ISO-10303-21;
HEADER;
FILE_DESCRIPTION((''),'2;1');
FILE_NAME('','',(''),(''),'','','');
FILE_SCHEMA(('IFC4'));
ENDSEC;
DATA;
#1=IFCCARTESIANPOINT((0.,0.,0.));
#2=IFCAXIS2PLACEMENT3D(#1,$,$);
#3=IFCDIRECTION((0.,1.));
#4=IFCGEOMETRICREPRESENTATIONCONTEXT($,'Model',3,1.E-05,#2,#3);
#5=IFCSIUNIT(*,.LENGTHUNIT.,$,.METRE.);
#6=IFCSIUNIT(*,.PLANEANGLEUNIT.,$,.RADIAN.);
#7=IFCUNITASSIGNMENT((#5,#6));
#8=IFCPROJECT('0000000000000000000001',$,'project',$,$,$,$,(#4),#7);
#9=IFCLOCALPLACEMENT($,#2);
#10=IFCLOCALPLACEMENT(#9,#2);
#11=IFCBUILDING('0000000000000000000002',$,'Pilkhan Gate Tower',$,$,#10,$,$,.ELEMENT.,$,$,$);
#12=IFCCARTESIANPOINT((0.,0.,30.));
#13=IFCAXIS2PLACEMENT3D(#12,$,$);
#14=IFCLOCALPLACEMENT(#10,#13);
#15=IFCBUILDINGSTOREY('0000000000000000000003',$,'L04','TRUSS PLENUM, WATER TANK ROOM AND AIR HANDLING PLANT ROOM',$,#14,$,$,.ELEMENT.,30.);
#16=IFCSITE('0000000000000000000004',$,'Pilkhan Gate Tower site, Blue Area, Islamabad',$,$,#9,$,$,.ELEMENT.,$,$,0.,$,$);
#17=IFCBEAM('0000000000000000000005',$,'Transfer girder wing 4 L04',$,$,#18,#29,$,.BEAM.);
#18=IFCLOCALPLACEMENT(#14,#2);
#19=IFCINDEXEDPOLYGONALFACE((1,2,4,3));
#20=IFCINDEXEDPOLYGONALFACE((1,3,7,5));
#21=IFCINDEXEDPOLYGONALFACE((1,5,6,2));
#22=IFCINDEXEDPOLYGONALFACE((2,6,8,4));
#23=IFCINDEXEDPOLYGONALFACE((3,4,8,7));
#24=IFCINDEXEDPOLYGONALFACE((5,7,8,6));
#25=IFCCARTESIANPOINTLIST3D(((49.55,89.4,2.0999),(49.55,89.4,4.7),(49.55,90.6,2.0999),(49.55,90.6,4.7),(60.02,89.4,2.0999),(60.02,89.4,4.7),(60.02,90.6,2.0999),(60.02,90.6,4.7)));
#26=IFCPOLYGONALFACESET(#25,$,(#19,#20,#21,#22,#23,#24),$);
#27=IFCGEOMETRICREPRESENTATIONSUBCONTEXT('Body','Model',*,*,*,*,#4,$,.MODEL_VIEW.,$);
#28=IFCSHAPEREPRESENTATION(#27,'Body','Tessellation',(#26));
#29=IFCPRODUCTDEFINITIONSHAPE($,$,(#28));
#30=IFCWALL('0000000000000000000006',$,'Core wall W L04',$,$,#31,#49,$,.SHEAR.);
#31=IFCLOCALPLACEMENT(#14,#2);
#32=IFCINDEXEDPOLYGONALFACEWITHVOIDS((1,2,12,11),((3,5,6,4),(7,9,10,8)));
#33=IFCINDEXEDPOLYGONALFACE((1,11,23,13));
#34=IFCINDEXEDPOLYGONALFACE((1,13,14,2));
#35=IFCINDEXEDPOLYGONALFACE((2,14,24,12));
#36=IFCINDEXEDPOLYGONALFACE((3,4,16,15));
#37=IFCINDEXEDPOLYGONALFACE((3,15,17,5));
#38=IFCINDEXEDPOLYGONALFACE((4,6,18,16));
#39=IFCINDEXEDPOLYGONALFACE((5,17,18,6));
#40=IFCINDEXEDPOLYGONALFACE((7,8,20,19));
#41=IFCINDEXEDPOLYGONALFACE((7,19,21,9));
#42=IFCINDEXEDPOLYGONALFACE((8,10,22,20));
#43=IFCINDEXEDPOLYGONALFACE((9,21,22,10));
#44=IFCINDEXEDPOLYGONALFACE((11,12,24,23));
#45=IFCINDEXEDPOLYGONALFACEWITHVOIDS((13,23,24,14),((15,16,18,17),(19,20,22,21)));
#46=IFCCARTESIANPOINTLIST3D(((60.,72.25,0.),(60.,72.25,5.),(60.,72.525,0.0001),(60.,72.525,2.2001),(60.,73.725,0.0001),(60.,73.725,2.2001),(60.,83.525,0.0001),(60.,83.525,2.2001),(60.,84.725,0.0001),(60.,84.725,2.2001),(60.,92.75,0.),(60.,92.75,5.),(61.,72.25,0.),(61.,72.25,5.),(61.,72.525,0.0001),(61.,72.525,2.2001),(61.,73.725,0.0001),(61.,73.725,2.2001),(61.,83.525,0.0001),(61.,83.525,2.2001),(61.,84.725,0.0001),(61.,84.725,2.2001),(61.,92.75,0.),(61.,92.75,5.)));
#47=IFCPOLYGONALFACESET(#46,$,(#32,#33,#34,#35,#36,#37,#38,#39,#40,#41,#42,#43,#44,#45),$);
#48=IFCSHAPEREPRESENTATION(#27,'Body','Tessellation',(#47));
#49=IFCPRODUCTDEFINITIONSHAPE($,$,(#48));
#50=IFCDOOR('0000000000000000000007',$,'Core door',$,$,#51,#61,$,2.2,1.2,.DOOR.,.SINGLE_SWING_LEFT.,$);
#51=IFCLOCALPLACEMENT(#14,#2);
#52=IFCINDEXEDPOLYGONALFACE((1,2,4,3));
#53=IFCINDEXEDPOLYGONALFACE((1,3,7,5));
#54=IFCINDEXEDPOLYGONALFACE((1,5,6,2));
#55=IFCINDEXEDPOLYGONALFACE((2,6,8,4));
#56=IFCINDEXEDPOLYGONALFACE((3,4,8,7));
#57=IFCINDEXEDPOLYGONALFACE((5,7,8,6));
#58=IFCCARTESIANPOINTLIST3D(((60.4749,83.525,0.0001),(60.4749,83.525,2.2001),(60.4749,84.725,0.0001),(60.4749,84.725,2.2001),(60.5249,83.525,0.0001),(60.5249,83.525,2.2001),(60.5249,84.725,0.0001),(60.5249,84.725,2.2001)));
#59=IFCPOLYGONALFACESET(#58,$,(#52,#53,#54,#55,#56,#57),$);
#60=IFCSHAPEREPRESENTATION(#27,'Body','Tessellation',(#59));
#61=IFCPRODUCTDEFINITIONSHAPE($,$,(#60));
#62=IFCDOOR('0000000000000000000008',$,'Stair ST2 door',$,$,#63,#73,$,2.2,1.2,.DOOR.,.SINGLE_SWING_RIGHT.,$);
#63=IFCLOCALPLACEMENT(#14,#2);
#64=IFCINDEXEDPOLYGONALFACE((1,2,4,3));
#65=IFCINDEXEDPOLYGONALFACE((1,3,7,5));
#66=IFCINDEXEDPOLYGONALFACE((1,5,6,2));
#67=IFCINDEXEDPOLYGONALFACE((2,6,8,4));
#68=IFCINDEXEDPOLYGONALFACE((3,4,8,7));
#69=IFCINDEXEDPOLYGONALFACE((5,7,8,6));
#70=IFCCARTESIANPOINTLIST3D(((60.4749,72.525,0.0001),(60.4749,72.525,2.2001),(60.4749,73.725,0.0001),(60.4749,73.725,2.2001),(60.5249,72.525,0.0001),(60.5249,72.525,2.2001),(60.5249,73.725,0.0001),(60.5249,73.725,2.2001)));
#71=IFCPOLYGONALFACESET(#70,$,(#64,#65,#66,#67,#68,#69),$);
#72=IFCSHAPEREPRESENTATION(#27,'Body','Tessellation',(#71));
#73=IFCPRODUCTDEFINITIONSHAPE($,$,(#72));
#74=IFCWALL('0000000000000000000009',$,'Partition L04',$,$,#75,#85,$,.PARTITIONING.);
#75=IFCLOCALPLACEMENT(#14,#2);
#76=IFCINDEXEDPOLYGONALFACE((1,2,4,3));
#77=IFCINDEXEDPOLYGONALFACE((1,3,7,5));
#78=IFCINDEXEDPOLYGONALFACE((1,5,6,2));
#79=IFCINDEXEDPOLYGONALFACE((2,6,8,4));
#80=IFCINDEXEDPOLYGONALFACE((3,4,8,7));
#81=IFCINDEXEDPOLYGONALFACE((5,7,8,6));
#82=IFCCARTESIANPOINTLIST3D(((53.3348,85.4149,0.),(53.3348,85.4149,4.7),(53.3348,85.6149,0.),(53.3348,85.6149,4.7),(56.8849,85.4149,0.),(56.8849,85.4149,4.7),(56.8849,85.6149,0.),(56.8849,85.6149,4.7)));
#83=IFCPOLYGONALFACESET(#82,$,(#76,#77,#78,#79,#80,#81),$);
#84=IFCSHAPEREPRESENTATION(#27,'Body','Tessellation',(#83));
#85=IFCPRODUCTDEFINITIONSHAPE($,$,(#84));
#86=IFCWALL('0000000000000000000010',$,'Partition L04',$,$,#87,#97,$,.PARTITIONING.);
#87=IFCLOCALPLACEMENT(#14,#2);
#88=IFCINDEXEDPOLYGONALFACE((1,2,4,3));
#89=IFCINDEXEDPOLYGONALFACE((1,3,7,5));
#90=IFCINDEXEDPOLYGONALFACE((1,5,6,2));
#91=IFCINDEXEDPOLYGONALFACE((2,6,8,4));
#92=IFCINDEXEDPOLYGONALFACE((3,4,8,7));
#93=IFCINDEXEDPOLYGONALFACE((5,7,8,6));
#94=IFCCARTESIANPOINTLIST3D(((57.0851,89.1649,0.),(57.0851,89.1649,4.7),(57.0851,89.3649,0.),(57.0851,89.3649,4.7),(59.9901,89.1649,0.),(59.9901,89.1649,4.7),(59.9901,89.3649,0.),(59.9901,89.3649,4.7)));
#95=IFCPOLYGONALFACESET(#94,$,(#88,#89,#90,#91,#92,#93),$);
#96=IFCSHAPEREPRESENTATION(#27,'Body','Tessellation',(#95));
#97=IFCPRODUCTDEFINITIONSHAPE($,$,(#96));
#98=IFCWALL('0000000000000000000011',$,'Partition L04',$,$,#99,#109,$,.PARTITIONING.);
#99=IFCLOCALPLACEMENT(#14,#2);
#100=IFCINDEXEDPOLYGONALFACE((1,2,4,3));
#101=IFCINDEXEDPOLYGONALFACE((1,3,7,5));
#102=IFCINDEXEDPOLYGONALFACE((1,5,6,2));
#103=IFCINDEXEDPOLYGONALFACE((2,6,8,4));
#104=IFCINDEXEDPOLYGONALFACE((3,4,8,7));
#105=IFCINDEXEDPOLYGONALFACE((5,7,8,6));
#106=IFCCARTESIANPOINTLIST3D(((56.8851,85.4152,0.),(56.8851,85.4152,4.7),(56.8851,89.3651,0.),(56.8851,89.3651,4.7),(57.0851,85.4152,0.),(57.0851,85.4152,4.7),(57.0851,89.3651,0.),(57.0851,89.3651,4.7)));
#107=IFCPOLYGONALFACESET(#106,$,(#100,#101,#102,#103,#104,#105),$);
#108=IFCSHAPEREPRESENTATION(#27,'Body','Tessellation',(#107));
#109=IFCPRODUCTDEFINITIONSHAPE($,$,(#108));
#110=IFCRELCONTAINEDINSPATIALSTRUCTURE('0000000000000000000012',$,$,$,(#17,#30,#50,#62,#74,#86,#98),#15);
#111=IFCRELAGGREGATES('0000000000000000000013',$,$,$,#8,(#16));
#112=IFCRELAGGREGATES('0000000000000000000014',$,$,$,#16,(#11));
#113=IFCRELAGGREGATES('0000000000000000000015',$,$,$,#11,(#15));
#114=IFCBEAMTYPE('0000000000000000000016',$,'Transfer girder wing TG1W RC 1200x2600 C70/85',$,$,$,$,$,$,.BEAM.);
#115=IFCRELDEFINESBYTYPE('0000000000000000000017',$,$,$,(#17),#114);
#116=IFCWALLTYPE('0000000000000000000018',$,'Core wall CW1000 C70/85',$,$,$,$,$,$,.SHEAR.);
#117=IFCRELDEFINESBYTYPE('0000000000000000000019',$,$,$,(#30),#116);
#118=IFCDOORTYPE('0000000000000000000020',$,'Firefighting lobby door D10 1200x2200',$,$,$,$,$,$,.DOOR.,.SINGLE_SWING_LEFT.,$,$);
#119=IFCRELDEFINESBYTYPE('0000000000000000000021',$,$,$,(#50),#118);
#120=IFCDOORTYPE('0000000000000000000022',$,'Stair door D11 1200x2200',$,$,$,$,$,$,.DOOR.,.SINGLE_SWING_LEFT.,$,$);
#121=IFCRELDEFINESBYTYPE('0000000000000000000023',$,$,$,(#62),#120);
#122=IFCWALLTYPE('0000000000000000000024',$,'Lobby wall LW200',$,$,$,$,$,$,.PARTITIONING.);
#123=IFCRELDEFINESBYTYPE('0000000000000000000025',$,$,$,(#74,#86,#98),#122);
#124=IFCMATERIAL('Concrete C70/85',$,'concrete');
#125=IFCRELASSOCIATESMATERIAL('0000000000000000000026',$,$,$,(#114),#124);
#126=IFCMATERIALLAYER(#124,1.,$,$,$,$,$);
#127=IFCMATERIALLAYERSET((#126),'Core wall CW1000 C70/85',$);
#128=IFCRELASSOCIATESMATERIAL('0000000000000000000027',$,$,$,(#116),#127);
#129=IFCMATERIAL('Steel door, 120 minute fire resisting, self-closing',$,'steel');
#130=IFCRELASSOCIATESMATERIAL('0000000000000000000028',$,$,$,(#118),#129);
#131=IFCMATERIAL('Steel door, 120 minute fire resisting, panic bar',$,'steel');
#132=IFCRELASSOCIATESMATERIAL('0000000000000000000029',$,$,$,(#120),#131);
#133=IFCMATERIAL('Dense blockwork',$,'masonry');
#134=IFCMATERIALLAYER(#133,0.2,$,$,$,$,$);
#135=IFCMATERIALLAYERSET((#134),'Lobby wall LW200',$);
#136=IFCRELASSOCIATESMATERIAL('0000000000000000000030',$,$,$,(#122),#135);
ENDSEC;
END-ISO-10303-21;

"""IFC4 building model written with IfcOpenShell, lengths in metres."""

from ifc_helpers import new_model, si_unit, direction, frame, frame_2d, origin, origin_2d, place, context, subcontext, project, spatial, rectangle, extrude, material, layer, layer_set, material_profile, profile_set, type_object, element, fill, save


model = new_model("IFC4")

# Units and contexts
model_context = context("Model", 3, precision=1e-05, world=origin(), true_north=direction((0.0, 1.0)))
body_context = subcontext(model_context, "Body", "Model", "MODEL_VIEW")
ifc_project = project(units=[si_unit("LENGTHUNIT", "METRE"), si_unit("PLANEANGLEUNIT", "RADIAN")], contexts=[model_context])

# Site, building, storey
site_placement = place(None, origin())
site = spatial("IfcSite", under=ifc_project, at=site_placement, Name="Pilkhan Gate Tower site, Blue Area, Islamabad", CompositionType="ELEMENT", RefElevation=0.0)
building_placement = place(site_placement, origin())
building = spatial("IfcBuilding", under=site, at=building_placement, Name="Pilkhan Gate Tower", CompositionType="ELEMENT")
storey_placement = place(building_placement, frame((0.0, 0.0, 30.0)))
storey = spatial("IfcBuildingStorey", under=building, at=storey_placement, Name="L04", Description="TRUSS PLENUM, WATER TANK ROOM AND AIR HANDLING PLANT ROOM", CompositionType="ELEMENT", Elevation=30.0)

# Beam
ifc_material_1 = material(Name="Concrete C70/85", Category="concrete")
ifc_material_profile = material_profile(ifc_material_1, rectangle(XDim=1.2, YDim=2.6001, at=origin_2d()), Name="RC 1200x2600")
ifc_profile_set = profile_set([ifc_material_profile], Name="Concrete C70/85")
beam_type = type_object("IfcBeamType", Name="Transfer girder wing TG1W RC 1200x2600 C70/85", PredefinedType="BEAM", material=ifc_profile_set)
beam_placement = place(storey_placement, frame((49.55, 90.0, 3.3999), z_axis=(1.0, 0.0, 0.0), x_axis=(0.0, 1.0, 0.0)))
element("IfcBeam", 1, at=beam_placement, inside=storey, type_object=beam_type, Name="Transfer girder wing 4 L04", PredefinedType="BEAM", context=body_context, shape_type="SweptSolid", body=[
    extrude(rectangle(XDim=1.2, YDim=2.6001, at=origin_2d()), origin(), (0.0, 0.0, 1.0), 10.47),
])

# Wall, openings, doors
ifc_layer_1 = layer(ifc_material_1, 1.0)
ifc_layer_set_1 = layer_set([ifc_layer_1], Name="Core wall CW1000 C70/85")
wall_type_1 = type_object("IfcWallType", Name="Core wall CW1000 C70/85", PredefinedType="SHEAR", material=ifc_layer_set_1)
wall_1_placement = place(storey_placement, frame((60.5, 92.75, 0.0), z_axis=(0.0, 0.0, 1.0), x_axis=(0.0, -1.0, 0.0)))
wall_1 = element("IfcWall", 2, at=wall_1_placement, inside=storey, type_object=wall_type_1, Name="Core wall W L04", PredefinedType="SHEAR", context=body_context, shape_type="SweptSolid", body=[
    extrude(rectangle(XDim=20.5, YDim=1.0, at=frame_2d((10.25, 0.0))), origin(), (0.0, 0.0, 1.0), 5.0),
])
opening_1_placement = place(wall_1_placement, frame((19.0249, 0.0, 0.0)))
opening_1 = element("IfcOpeningElement", 3, at=opening_1_placement, cuts=wall_1, PredefinedType="OPENING", context=body_context, shape_type="SweptSolid", body=[
    extrude(rectangle(XDim=1.2, YDim=2.2, at=frame_2d((0.6001, 1.1001))), frame((0.0, 0.51, 0.0), z_axis=(0.0, -1.0, 0.0), x_axis=(1.0, 0.0, 0.0)), (0.0, 0.0, 1.0), 1.02),
])
opening_2_placement = place(wall_1_placement, frame((8.0249, 0.0, 0.0)))
opening_2 = element("IfcOpeningElement", 4, at=opening_2_placement, cuts=wall_1, PredefinedType="OPENING", context=body_context, shape_type="SweptSolid", body=[
    extrude(rectangle(XDim=1.2, YDim=2.2, at=frame_2d((0.6001, 1.1001))), frame((0.0, 0.51, 0.0), z_axis=(0.0, -1.0, 0.0), x_axis=(1.0, 0.0, 0.0)), (0.0, 0.0, 1.0), 1.02),
])
ifc_material_2 = material(Name="Steel door, 120 minute fire resisting, self-closing", Category="steel")
door_type_1 = type_object("IfcDoorType", Name="Firefighting lobby door D10 1200x2200", OperationType="SINGLE_SWING_LEFT", PredefinedType="DOOR", material=ifc_material_2)
door_1_placement = place(opening_2_placement, origin())
door_1 = element("IfcDoor", 5, at=door_1_placement, inside=storey, type_object=door_type_1, Name="Core door", OperationType="SINGLE_SWING_LEFT", OverallHeight=2.2, OverallWidth=1.2, PredefinedType="DOOR", context=body_context, shape_type="SweptSolid", body=[
    extrude(rectangle(XDim=1.2, YDim=2.2, at=frame_2d((0.6001, 1.1001))), frame((0.0, 0.0249, 0.0), z_axis=(0.0, -1.0, 0.0), x_axis=(1.0, 0.0, 0.0)), (0.0, 0.0, 1.0), 0.05),
])
fill(opening_2, door_1)
ifc_material_3 = material(Name="Steel door, 120 minute fire resisting, panic bar", Category="steel")
door_type_2 = type_object("IfcDoorType", Name="Stair door D11 1200x2200", OperationType="SINGLE_SWING_LEFT", PredefinedType="DOOR", material=ifc_material_3)
door_2_placement = place(opening_1_placement, origin())
door_2 = element("IfcDoor", 6, at=door_2_placement, inside=storey, type_object=door_type_2, Name="Stair ST2 door", OperationType="SINGLE_SWING_RIGHT", OverallHeight=2.2, OverallWidth=1.2, PredefinedType="DOOR", context=body_context, shape_type="SweptSolid", body=[
    extrude(rectangle(XDim=1.2, YDim=2.2, at=frame_2d((0.6001, 1.1001))), frame((0.0, 0.0249, 0.0), z_axis=(0.0, -1.0, 0.0), x_axis=(1.0, 0.0, 0.0)), (0.0, 0.0, 1.0), 0.05),
])
fill(opening_1, door_2)

# Walls
ifc_material_4 = material(Name="Dense blockwork", Category="masonry")
ifc_layer_2 = layer(ifc_material_4, 0.2)
ifc_layer_set_2 = layer_set([ifc_layer_2], Name="Lobby wall LW200")
wall_type_2 = type_object("IfcWallType", Name="Lobby wall LW200", PredefinedType="PARTITIONING", material=ifc_layer_set_2)
wall_2_placement = place(storey_placement, frame((53.335, 85.5149, 0.0), z_axis=(0.0, 0.0, 1.0), x_axis=(1.0, 0.0, 0.0)))
element("IfcWall", 7, at=wall_2_placement, inside=storey, type_object=wall_type_2, Name="Partition L04", PredefinedType="PARTITIONING", context=body_context, shape_type="SweptSolid", body=[
    extrude(rectangle(XDim=3.55, YDim=0.2, at=frame_2d((1.7749, 0.0))), origin(), (0.0, 0.0, 1.0), 4.7),
])
wall_3_placement = place(storey_placement, frame((57.085, 89.2649, 0.0), z_axis=(0.0, 0.0, 1.0), x_axis=(1.0, 0.0, 0.0)))
element("IfcWall", 8, at=wall_3_placement, inside=storey, type_object=wall_type_2, Name="Partition L04", PredefinedType="PARTITIONING", context=body_context, shape_type="SweptSolid", body=[
    extrude(rectangle(XDim=2.905, YDim=0.2, at=frame_2d((1.4526, 0.0))), origin(), (0.0, 0.0, 1.0), 4.7),
])
wall_4_placement = place(storey_placement, frame((56.9851, 85.415, 0.0), z_axis=(0.0, 0.0, 1.0), x_axis=(0.0, 1.0, 0.0)))
element("IfcWall", 9, at=wall_4_placement, inside=storey, type_object=wall_type_2, Name="Partition L04", PredefinedType="PARTITIONING", context=body_context, shape_type="SweptSolid", body=[
    extrude(rectangle(XDim=3.95, YDim=0.2, at=frame_2d((1.9751, 0.0))), origin(), (0.0, 0.0, 1.0), 4.7),
])

save(model, "model.ifc")
